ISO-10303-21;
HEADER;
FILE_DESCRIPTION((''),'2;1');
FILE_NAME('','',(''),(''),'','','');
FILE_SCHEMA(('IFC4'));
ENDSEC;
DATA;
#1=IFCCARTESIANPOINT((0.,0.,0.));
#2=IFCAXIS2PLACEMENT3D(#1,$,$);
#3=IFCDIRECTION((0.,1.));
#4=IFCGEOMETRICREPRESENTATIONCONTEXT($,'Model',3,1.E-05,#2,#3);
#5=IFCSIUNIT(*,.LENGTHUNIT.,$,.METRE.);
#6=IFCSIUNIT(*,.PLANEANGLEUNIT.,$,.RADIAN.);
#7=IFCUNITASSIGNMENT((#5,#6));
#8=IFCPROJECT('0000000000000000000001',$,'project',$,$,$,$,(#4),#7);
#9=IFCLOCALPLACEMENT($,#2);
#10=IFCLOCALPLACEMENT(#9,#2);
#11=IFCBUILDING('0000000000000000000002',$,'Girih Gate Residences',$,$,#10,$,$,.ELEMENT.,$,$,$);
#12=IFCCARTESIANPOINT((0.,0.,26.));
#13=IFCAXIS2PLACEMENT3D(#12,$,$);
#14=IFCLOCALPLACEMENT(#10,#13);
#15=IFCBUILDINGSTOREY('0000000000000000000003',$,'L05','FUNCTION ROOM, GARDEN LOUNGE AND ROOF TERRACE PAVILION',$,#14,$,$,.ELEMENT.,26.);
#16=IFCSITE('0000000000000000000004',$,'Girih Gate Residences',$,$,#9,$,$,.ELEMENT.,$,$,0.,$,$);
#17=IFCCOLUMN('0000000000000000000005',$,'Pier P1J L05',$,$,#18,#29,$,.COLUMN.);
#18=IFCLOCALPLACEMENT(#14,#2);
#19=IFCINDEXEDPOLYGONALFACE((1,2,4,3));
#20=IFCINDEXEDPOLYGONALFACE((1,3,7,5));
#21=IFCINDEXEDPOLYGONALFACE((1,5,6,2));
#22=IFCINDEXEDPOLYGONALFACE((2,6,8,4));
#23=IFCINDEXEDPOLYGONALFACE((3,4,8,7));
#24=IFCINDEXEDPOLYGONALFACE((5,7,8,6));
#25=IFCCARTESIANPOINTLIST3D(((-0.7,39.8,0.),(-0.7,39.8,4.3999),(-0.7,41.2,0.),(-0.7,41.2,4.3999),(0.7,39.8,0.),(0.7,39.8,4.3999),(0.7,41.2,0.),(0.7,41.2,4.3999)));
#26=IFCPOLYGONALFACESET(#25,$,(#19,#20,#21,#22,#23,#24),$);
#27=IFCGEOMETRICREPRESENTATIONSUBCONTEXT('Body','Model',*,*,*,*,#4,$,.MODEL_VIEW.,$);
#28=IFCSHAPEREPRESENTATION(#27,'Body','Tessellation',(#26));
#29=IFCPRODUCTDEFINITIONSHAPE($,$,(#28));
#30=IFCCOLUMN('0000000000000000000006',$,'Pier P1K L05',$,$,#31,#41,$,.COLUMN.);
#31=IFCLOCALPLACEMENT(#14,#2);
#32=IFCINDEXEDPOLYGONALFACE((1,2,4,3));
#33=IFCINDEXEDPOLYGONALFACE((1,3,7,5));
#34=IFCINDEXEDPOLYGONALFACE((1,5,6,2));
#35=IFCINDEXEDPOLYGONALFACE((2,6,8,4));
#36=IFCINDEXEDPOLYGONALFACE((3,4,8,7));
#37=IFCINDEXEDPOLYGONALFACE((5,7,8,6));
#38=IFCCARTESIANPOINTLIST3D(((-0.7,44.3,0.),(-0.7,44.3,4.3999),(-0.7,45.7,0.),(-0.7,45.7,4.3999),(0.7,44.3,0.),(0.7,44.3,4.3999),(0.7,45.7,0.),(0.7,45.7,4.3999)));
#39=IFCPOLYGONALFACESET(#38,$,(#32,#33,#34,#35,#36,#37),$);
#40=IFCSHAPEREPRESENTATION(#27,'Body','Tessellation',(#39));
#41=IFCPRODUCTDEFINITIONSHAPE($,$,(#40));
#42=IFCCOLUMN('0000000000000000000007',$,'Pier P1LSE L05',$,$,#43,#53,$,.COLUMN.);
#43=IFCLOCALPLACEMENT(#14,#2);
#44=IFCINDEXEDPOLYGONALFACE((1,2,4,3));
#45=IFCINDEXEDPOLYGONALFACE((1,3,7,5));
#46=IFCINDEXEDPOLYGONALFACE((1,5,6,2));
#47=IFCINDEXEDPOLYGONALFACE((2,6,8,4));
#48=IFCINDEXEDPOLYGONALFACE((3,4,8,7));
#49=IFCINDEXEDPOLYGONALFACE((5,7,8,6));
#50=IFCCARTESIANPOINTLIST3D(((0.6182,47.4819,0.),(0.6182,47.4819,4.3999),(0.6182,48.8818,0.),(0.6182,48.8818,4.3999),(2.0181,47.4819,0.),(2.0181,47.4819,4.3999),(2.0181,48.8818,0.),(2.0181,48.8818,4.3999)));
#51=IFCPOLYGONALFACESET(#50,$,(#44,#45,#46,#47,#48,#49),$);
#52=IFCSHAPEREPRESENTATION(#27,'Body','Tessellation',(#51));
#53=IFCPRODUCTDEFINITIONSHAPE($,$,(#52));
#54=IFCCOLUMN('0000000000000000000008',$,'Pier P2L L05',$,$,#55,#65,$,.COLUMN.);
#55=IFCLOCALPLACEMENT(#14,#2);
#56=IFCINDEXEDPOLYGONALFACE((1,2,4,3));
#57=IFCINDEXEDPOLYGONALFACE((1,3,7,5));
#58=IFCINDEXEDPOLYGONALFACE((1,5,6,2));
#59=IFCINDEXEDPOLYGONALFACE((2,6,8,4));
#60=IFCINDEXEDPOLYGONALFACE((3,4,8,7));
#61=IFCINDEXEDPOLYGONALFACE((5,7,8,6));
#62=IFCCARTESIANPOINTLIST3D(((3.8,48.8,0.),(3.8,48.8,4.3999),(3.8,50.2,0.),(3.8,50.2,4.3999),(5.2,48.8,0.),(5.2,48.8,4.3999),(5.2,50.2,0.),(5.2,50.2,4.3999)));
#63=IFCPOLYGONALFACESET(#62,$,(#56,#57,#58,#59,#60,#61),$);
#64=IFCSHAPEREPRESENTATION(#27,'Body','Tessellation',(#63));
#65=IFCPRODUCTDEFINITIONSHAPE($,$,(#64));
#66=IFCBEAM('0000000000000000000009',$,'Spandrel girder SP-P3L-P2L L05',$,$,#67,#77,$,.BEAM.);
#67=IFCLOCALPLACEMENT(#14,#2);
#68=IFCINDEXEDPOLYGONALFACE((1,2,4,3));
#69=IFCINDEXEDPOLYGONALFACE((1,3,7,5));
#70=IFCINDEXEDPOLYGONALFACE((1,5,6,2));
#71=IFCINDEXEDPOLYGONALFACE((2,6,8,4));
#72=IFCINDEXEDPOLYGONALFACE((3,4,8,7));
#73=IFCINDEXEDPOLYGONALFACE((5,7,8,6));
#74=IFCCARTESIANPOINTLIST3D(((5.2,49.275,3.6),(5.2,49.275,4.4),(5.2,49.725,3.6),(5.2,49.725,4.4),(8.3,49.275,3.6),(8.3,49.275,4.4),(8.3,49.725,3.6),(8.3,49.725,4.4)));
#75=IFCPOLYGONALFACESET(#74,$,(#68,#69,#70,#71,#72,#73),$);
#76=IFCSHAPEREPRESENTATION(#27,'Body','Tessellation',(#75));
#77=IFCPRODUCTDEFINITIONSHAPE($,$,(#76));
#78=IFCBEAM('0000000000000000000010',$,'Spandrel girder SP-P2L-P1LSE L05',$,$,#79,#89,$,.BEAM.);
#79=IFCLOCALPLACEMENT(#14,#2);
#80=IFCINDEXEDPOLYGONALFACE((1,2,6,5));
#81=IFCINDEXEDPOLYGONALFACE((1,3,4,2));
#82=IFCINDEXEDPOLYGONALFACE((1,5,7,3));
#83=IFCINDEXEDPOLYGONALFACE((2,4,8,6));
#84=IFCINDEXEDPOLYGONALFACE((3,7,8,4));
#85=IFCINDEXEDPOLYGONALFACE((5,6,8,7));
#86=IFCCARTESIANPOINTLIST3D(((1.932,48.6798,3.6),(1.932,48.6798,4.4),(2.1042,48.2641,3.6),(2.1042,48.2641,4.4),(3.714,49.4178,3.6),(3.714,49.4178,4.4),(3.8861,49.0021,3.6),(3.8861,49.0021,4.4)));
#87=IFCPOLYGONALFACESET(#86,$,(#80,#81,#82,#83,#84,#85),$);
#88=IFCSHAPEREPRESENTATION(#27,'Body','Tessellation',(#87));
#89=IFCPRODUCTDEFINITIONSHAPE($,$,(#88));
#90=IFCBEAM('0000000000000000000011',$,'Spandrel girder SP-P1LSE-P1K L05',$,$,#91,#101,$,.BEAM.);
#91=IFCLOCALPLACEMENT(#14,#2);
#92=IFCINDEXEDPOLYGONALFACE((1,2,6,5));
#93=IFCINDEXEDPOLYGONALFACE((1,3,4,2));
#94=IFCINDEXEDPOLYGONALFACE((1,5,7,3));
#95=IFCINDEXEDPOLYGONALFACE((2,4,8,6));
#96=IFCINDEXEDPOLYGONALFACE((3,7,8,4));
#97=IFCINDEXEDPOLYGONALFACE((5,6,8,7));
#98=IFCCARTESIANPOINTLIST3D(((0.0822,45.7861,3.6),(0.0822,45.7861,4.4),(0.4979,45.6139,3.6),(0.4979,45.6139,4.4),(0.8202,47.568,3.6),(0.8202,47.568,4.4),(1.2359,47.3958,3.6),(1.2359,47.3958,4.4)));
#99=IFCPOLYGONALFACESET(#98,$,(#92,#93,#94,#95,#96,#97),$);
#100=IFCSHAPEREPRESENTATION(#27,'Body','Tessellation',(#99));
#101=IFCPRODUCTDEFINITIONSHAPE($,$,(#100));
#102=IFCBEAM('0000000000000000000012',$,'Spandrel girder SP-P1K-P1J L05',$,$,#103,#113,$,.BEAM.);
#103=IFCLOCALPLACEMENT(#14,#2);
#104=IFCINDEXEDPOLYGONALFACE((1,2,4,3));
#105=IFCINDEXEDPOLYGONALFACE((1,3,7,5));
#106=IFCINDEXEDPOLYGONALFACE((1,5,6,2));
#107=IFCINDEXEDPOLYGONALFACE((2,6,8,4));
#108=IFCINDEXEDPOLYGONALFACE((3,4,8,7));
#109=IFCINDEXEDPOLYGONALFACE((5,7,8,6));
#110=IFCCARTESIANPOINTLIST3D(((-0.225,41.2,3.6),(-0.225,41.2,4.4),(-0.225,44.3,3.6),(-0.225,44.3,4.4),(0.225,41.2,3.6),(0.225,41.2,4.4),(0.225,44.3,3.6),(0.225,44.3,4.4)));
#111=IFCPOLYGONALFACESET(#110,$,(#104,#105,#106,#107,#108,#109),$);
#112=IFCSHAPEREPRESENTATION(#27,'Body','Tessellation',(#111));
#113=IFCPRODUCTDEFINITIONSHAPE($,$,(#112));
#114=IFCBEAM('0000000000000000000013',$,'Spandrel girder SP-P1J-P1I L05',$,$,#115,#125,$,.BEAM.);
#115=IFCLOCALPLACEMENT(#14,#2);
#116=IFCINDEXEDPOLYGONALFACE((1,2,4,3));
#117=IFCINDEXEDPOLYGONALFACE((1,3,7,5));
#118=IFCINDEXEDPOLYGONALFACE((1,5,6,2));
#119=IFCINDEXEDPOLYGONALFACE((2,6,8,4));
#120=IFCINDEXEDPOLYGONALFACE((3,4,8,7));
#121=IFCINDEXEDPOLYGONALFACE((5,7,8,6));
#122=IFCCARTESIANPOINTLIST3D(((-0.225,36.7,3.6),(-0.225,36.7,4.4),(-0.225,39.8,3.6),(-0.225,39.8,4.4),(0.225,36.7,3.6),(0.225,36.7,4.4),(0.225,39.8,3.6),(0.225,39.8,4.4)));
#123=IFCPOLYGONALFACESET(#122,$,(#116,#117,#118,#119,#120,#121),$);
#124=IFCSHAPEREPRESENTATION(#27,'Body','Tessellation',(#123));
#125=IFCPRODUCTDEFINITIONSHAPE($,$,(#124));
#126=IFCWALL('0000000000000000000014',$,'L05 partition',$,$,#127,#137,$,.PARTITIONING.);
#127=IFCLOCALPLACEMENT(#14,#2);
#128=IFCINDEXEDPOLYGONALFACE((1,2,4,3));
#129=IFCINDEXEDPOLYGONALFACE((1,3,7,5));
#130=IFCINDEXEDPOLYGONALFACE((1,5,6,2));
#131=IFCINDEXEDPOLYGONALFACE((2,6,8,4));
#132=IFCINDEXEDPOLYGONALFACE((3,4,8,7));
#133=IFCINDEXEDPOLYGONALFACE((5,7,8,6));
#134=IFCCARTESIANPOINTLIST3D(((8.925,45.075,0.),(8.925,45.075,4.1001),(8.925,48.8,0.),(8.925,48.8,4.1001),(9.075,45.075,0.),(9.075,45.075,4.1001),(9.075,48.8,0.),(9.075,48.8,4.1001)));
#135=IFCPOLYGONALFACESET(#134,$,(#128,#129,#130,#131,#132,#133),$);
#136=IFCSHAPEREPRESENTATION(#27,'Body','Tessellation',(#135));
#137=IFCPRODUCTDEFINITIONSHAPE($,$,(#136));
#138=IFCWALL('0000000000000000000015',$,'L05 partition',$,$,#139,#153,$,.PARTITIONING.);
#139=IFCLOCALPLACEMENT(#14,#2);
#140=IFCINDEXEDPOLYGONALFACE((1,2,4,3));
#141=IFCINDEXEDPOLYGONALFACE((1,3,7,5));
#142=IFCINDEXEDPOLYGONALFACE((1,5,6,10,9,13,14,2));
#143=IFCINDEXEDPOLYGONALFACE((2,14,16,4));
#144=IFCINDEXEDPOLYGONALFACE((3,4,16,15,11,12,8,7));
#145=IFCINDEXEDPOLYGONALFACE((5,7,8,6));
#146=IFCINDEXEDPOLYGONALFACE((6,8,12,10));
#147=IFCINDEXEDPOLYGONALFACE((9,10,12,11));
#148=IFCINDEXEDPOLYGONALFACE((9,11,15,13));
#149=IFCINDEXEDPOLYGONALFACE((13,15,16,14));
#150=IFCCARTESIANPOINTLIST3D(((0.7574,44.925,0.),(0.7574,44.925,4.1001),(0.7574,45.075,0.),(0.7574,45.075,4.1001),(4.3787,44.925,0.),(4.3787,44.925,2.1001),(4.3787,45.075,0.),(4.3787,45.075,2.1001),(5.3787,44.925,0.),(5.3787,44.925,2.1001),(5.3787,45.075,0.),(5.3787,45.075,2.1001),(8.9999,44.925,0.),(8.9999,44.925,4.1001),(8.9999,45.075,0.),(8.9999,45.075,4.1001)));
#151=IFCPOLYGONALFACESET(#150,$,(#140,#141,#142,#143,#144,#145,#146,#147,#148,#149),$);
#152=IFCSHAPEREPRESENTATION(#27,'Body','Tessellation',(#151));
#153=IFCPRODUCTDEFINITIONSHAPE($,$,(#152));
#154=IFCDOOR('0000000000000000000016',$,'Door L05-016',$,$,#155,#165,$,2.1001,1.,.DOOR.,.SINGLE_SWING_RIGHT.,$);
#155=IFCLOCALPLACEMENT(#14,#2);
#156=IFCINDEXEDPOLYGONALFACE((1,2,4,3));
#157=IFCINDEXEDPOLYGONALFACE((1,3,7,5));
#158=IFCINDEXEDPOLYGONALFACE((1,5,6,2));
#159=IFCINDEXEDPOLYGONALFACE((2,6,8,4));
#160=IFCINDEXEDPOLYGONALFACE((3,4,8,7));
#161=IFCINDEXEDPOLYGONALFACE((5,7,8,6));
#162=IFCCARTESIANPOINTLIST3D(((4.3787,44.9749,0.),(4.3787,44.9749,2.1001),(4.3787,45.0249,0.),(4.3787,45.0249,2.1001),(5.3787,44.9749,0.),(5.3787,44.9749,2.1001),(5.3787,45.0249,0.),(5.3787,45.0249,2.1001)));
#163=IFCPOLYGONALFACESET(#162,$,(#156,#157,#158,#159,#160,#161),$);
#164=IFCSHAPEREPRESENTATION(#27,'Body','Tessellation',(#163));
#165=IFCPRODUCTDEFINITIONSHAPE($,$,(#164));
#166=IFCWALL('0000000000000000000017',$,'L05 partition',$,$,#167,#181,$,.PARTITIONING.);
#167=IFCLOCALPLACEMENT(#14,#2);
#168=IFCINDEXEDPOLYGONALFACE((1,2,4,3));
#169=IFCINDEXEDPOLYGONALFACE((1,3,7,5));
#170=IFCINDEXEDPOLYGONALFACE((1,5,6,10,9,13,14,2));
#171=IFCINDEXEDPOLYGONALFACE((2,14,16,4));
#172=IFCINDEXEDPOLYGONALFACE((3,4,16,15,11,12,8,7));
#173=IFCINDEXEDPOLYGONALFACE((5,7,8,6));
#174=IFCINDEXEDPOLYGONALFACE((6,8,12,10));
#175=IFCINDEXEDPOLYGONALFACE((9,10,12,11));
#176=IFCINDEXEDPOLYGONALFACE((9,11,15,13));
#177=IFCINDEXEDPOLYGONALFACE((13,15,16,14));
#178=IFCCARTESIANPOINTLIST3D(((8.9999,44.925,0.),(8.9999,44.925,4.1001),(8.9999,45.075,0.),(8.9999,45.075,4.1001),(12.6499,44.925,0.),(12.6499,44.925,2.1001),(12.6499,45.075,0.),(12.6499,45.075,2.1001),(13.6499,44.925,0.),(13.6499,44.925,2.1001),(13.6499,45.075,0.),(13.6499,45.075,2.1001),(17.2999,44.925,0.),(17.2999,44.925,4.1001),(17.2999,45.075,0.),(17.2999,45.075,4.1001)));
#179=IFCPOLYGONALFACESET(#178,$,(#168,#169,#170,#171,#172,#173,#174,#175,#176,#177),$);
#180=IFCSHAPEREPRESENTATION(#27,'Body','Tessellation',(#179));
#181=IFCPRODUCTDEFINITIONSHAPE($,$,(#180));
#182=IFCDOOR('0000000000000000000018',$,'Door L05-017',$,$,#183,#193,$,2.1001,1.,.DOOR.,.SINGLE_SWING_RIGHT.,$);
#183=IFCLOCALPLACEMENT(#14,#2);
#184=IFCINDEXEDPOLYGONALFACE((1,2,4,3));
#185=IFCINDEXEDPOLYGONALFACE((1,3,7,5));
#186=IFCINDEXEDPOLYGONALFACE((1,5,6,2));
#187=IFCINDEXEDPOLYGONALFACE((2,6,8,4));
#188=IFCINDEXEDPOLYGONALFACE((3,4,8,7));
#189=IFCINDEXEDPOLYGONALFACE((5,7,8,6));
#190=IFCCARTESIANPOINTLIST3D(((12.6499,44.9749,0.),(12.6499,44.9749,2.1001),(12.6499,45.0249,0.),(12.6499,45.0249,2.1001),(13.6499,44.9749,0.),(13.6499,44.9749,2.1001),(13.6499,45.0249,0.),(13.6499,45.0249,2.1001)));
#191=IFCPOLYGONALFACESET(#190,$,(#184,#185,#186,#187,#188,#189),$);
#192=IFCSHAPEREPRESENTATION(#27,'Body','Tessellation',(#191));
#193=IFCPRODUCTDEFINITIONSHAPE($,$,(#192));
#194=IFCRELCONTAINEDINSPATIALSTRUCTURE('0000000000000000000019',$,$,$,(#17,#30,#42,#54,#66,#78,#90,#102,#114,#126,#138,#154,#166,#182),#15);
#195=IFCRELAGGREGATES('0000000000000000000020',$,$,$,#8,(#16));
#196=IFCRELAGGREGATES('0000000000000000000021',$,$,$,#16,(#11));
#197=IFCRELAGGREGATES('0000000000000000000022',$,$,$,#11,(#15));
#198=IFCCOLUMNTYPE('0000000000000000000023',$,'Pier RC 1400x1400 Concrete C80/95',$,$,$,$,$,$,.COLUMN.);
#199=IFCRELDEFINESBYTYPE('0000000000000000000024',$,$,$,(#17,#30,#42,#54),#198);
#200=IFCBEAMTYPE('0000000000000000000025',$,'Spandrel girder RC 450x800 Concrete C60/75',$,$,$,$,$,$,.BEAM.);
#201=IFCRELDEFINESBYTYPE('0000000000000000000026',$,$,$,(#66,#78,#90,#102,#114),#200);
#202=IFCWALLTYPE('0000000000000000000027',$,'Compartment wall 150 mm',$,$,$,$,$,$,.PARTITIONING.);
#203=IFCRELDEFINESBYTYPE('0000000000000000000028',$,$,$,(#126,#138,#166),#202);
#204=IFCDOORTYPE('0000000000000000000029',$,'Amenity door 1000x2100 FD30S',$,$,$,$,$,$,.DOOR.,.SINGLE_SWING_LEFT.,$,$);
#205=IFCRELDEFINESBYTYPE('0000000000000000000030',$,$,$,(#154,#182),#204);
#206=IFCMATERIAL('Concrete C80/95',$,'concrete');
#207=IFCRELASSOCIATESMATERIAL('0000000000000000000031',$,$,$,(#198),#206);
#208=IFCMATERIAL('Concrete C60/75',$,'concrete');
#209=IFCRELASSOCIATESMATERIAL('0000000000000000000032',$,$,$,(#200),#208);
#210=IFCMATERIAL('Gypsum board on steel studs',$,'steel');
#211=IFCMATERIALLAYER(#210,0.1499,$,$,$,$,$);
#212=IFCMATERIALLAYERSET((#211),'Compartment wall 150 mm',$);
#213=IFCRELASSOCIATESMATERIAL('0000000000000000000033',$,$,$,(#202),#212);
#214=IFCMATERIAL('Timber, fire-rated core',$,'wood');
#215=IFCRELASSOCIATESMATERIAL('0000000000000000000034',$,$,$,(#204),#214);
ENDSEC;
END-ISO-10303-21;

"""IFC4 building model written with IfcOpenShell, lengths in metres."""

from ifc_helpers import new_model, si_unit, direction, frame, frame_2d, origin, origin_2d, place, context, subcontext, project, spatial, rectangle, extrude, material, layer, layer_set, material_profile, profile_set, type_object, element, fill, save


model = new_model("IFC4")

# Units and contexts
model_context = context("Model", 3, precision=1e-05, world=origin(), true_north=direction((0.0, 1.0)))
body_context = subcontext(model_context, "Body", "Model", "MODEL_VIEW")
ifc_project = project(units=[si_unit("LENGTHUNIT", "METRE"), si_unit("PLANEANGLEUNIT", "RADIAN")], contexts=[model_context])

# Site, building, storey
site_placement = place(None, origin())
site = spatial("IfcSite", under=ifc_project, at=site_placement, Name="Girih Gate Residences", CompositionType="ELEMENT", RefElevation=0.0)
building_placement = place(site_placement, origin())
building = spatial("IfcBuilding", under=site, at=building_placement, Name="Girih Gate Residences", CompositionType="ELEMENT")
storey_placement = place(building_placement, frame((0.0, 0.0, 26.0)))
storey = spatial("IfcBuildingStorey", under=building, at=storey_placement, Name="L05", Description="FUNCTION ROOM, GARDEN LOUNGE AND ROOF TERRACE PAVILION", CompositionType="ELEMENT", Elevation=26.0)

# Columns
ifc_material_1 = material(Name="Concrete C80/95", Category="concrete")
ifc_material_profile_1 = material_profile(ifc_material_1, rectangle(XDim=1.3999, YDim=1.3999, at=origin_2d()))
ifc_profile_set_1 = profile_set([ifc_material_profile_1], Name="Concrete C80/95")
column_type = type_object("IfcColumnType", Name="Pier RC 1400x1400 Concrete C80/95", PredefinedType="COLUMN", material=ifc_profile_set_1)
for number, where, z_axis, x_axis, name in (
    (1, (0.0, 40.5, 0.0), (0.0, 0.0, 1.0), (1.0, 0.0, 0.0), "Pier P1J L05"),
    (2, (0.0, 45.0, 0.0), (0.0, 0.0, 1.0), (1.0, 0.0, 0.0), "Pier P1K L05"),
    (3, (1.3181, 48.1819, 0.0), (0.0, 0.0, 1.0), (1.0, 0.0, 0.0), "Pier P1LSE L05"),
    (4, (4.5, 49.5, 0.0), (0.0, 0.0, 1.0), (1.0, 0.0, 0.0), "Pier P2L L05"),
):
    element("IfcColumn", number, at=place(storey_placement, frame(where, z_axis=z_axis, x_axis=x_axis)), inside=storey, type_object=column_type, Name=name, PredefinedType="COLUMN", context=body_context, shape_type="SweptSolid", body=[
        extrude(rectangle(XDim=1.3999, YDim=1.3999, at=origin_2d()), origin(), (0.0, 0.0, 1.0), 4.3999),
    ])

# Beams
ifc_material_2 = material(Name="Concrete C60/75", Category="concrete")
ifc_material_profile_2 = material_profile(ifc_material_2, rectangle(XDim=0.45, YDim=0.8, at=origin_2d()))
ifc_profile_set_2 = profile_set([ifc_material_profile_2], Name="Concrete C60/75")
beam_type = type_object("IfcBeamType", Name="Spandrel girder RC 450x800 Concrete C60/75", PredefinedType="BEAM", material=ifc_profile_set_2)
beam_placement = place(storey_placement, frame((8.3, 49.5, 4.0), z_axis=(-1.0, 0.0, 0.0), x_axis=(0.0, -1.0, 0.0)))
element("IfcBeam", 5, at=beam_placement, inside=storey, type_object=beam_type, Name="Spandrel girder SP-P3L-P2L L05", PredefinedType="BEAM", context=body_context, shape_type="SweptSolid", body=[
    extrude(rectangle(XDim=0.45, YDim=0.8, at=origin_2d()), origin(), (0.0, 0.0, 1.0), 3.1001),
])
for number, where, z_axis, x_axis, name in (
    (6, (3.8, 49.21, 4.0), (-0.923895, -0.382646, 0.0), (0.382646, -0.923895, 0.0), "Spandrel girder SP-P2L-P1LSE L05"),
    (7, (1.0281, 47.4819, 4.0), (-0.382646, -0.923895, 0.0), (0.923895, -0.382646, 0.0), "Spandrel girder SP-P1LSE-P1K L05"),
):
    element("IfcBeam", number, at=place(storey_placement, frame(where, z_axis=z_axis, x_axis=x_axis)), inside=storey, type_object=beam_type, Name=name, PredefinedType="BEAM", context=body_context, shape_type="SweptSolid", body=[
        extrude(rectangle(XDim=0.45, YDim=0.8, at=origin_2d()), origin(), (0.0, 0.0, 1.0), 1.9287),
    ])
for number, where, z_axis, x_axis, name in (
    (8, (0.0, 44.3, 4.0), (0.0, -1.0, 0.0), (1.0, 0.0, 0.0), "Spandrel girder SP-P1K-P1J L05"),
    (9, (0.0, 39.8, 4.0), (0.0, -1.0, 0.0), (1.0, 0.0, 0.0), "Spandrel girder SP-P1J-P1I L05"),
):
    element("IfcBeam", number, at=place(storey_placement, frame(where, z_axis=z_axis, x_axis=x_axis)), inside=storey, type_object=beam_type, Name=name, PredefinedType="BEAM", context=body_context, shape_type="SweptSolid", body=[
        extrude(rectangle(XDim=0.45, YDim=0.8, at=origin_2d()), origin(), (0.0, 0.0, 1.0), 3.1001),
    ])

# Wall
ifc_material_3 = material(Name="Gypsum board on steel studs", Category="steel")
ifc_layer_1 = layer(ifc_material_3, 0.1499)
ifc_layer_set_1 = layer_set([ifc_layer_1], Name="Compartment wall 150 mm")
wall_type_1 = type_object("IfcWallType", Name="Compartment wall 150 mm", PredefinedType="PARTITIONING", material=ifc_layer_set_1)
wall_1_placement = place(storey_placement, frame((9.0, 45.075, 0.0), z_axis=(0.0, 0.0, 1.0), x_axis=(0.0, 1.0, 0.0)))
element("IfcWall", 10, at=wall_1_placement, inside=storey, type_object=wall_type_1, Name="L05 partition", PredefinedType="PARTITIONING", context=body_context, shape_type="SweptSolid", body=[
    extrude(rectangle(XDim=3.7251, YDim=0.1499, at=frame_2d((1.8625, 0.0))), origin(), (0.0, 0.0, 1.0), 4.1001),
])

# Walls, openings, doors
wall_2_placement = place(storey_placement, frame((0.7576, 45.0, 0.0), z_axis=(0.0, 0.0, 1.0), x_axis=(1.0, 0.0, 0.0)))
wall_2 = element("IfcWall", 11, at=wall_2_placement, inside=storey, type_object=wall_type_1, Name="L05 partition", PredefinedType="PARTITIONING", context=body_context, shape_type="SweptSolid", body=[
    extrude(rectangle(XDim=8.2424, YDim=0.1499, at=frame_2d((4.1211, 0.0))), origin(), (0.0, 0.0, 1.0), 4.1001),
])
opening_1_placement = place(wall_2_placement, frame((3.6211, 0.0, 0.0)))
opening_1 = element("IfcOpeningElement", 12, at=opening_1_placement, cuts=wall_2, PredefinedType="OPENING", context=body_context, shape_type="SweptSolid", body=[
    extrude(rectangle(XDim=1.0, YDim=2.1001, at=frame_2d((0.5, 1.05))), frame((0.0, 0.085, 0.0), z_axis=(0.0, -1.0, 0.0), x_axis=(1.0, 0.0, 0.0)), (0.0, 0.0, 1.0), 0.1699),
])
ifc_material_4 = material(Name="Timber, fire-rated core", Category="wood")
door_type_1 = type_object("IfcDoorType", Name="Amenity door 1000x2100 FD30S", OperationType="SINGLE_SWING_LEFT", PredefinedType="DOOR", material=ifc_material_4)
door_1_placement = place(opening_1_placement, origin())
door_1 = element("IfcDoor", 13, at=door_1_placement, inside=storey, type_object=door_type_1, Name="Door L05-016", OperationType="SINGLE_SWING_RIGHT", OverallHeight=2.1001, OverallWidth=1.0, PredefinedType="DOOR", context=body_context, shape_type="SweptSolid", body=[
    extrude(rectangle(XDim=1.0, YDim=2.1001, at=frame_2d((0.5, 1.05))), frame((0.0, 0.0249, 0.0), z_axis=(0.0, -1.0, 0.0), x_axis=(1.0, 0.0, 0.0)), (0.0, 0.0, 1.0), 0.05),
])
fill(opening_1, door_1)
wall_3_placement = place(storey_placement, frame((9.0, 45.0, 0.0), z_axis=(0.0, 0.0, 1.0), x_axis=(1.0, 0.0, 0.0)))
wall_3 = element("IfcWall", 14, at=wall_3_placement, inside=storey, type_object=wall_type_1, Name="L05 partition", PredefinedType="PARTITIONING", context=body_context, shape_type="SweptSolid", body=[
    extrude(rectangle(XDim=8.3, YDim=0.1499, at=frame_2d((4.1499, 0.0))), origin(), (0.0, 0.0, 1.0), 4.1001),
])
opening_2_placement = place(wall_3_placement, frame((3.6499, 0.0, 0.0)))
opening_2 = element("IfcOpeningElement", 15, at=opening_2_placement, cuts=wall_3, PredefinedType="OPENING", context=body_context, shape_type="SweptSolid", body=[
    extrude(rectangle(XDim=1.0, YDim=2.1001, at=frame_2d((0.5, 1.05))), frame((0.0, 0.085, 0.0), z_axis=(0.0, -1.0, 0.0), x_axis=(1.0, 0.0, 0.0)), (0.0, 0.0, 1.0), 0.1699),
])
door_2_placement = place(opening_2_placement, origin())
door_2 = element("IfcDoor", 16, at=door_2_placement, inside=storey, type_object=door_type_1, Name="Door L05-017", OperationType="SINGLE_SWING_RIGHT", OverallHeight=2.1001, OverallWidth=1.0, PredefinedType="DOOR", context=body_context, shape_type="SweptSolid", body=[
    extrude(rectangle(XDim=1.0, YDim=2.1001, at=frame_2d((0.5, 1.05))), frame((0.0, 0.0249, 0.0), z_axis=(0.0, -1.0, 0.0), x_axis=(1.0, 0.0, 0.0)), (0.0, 0.0, 1.0), 0.05),
])
fill(opening_2, door_2)

save(model, "model.ifc")
